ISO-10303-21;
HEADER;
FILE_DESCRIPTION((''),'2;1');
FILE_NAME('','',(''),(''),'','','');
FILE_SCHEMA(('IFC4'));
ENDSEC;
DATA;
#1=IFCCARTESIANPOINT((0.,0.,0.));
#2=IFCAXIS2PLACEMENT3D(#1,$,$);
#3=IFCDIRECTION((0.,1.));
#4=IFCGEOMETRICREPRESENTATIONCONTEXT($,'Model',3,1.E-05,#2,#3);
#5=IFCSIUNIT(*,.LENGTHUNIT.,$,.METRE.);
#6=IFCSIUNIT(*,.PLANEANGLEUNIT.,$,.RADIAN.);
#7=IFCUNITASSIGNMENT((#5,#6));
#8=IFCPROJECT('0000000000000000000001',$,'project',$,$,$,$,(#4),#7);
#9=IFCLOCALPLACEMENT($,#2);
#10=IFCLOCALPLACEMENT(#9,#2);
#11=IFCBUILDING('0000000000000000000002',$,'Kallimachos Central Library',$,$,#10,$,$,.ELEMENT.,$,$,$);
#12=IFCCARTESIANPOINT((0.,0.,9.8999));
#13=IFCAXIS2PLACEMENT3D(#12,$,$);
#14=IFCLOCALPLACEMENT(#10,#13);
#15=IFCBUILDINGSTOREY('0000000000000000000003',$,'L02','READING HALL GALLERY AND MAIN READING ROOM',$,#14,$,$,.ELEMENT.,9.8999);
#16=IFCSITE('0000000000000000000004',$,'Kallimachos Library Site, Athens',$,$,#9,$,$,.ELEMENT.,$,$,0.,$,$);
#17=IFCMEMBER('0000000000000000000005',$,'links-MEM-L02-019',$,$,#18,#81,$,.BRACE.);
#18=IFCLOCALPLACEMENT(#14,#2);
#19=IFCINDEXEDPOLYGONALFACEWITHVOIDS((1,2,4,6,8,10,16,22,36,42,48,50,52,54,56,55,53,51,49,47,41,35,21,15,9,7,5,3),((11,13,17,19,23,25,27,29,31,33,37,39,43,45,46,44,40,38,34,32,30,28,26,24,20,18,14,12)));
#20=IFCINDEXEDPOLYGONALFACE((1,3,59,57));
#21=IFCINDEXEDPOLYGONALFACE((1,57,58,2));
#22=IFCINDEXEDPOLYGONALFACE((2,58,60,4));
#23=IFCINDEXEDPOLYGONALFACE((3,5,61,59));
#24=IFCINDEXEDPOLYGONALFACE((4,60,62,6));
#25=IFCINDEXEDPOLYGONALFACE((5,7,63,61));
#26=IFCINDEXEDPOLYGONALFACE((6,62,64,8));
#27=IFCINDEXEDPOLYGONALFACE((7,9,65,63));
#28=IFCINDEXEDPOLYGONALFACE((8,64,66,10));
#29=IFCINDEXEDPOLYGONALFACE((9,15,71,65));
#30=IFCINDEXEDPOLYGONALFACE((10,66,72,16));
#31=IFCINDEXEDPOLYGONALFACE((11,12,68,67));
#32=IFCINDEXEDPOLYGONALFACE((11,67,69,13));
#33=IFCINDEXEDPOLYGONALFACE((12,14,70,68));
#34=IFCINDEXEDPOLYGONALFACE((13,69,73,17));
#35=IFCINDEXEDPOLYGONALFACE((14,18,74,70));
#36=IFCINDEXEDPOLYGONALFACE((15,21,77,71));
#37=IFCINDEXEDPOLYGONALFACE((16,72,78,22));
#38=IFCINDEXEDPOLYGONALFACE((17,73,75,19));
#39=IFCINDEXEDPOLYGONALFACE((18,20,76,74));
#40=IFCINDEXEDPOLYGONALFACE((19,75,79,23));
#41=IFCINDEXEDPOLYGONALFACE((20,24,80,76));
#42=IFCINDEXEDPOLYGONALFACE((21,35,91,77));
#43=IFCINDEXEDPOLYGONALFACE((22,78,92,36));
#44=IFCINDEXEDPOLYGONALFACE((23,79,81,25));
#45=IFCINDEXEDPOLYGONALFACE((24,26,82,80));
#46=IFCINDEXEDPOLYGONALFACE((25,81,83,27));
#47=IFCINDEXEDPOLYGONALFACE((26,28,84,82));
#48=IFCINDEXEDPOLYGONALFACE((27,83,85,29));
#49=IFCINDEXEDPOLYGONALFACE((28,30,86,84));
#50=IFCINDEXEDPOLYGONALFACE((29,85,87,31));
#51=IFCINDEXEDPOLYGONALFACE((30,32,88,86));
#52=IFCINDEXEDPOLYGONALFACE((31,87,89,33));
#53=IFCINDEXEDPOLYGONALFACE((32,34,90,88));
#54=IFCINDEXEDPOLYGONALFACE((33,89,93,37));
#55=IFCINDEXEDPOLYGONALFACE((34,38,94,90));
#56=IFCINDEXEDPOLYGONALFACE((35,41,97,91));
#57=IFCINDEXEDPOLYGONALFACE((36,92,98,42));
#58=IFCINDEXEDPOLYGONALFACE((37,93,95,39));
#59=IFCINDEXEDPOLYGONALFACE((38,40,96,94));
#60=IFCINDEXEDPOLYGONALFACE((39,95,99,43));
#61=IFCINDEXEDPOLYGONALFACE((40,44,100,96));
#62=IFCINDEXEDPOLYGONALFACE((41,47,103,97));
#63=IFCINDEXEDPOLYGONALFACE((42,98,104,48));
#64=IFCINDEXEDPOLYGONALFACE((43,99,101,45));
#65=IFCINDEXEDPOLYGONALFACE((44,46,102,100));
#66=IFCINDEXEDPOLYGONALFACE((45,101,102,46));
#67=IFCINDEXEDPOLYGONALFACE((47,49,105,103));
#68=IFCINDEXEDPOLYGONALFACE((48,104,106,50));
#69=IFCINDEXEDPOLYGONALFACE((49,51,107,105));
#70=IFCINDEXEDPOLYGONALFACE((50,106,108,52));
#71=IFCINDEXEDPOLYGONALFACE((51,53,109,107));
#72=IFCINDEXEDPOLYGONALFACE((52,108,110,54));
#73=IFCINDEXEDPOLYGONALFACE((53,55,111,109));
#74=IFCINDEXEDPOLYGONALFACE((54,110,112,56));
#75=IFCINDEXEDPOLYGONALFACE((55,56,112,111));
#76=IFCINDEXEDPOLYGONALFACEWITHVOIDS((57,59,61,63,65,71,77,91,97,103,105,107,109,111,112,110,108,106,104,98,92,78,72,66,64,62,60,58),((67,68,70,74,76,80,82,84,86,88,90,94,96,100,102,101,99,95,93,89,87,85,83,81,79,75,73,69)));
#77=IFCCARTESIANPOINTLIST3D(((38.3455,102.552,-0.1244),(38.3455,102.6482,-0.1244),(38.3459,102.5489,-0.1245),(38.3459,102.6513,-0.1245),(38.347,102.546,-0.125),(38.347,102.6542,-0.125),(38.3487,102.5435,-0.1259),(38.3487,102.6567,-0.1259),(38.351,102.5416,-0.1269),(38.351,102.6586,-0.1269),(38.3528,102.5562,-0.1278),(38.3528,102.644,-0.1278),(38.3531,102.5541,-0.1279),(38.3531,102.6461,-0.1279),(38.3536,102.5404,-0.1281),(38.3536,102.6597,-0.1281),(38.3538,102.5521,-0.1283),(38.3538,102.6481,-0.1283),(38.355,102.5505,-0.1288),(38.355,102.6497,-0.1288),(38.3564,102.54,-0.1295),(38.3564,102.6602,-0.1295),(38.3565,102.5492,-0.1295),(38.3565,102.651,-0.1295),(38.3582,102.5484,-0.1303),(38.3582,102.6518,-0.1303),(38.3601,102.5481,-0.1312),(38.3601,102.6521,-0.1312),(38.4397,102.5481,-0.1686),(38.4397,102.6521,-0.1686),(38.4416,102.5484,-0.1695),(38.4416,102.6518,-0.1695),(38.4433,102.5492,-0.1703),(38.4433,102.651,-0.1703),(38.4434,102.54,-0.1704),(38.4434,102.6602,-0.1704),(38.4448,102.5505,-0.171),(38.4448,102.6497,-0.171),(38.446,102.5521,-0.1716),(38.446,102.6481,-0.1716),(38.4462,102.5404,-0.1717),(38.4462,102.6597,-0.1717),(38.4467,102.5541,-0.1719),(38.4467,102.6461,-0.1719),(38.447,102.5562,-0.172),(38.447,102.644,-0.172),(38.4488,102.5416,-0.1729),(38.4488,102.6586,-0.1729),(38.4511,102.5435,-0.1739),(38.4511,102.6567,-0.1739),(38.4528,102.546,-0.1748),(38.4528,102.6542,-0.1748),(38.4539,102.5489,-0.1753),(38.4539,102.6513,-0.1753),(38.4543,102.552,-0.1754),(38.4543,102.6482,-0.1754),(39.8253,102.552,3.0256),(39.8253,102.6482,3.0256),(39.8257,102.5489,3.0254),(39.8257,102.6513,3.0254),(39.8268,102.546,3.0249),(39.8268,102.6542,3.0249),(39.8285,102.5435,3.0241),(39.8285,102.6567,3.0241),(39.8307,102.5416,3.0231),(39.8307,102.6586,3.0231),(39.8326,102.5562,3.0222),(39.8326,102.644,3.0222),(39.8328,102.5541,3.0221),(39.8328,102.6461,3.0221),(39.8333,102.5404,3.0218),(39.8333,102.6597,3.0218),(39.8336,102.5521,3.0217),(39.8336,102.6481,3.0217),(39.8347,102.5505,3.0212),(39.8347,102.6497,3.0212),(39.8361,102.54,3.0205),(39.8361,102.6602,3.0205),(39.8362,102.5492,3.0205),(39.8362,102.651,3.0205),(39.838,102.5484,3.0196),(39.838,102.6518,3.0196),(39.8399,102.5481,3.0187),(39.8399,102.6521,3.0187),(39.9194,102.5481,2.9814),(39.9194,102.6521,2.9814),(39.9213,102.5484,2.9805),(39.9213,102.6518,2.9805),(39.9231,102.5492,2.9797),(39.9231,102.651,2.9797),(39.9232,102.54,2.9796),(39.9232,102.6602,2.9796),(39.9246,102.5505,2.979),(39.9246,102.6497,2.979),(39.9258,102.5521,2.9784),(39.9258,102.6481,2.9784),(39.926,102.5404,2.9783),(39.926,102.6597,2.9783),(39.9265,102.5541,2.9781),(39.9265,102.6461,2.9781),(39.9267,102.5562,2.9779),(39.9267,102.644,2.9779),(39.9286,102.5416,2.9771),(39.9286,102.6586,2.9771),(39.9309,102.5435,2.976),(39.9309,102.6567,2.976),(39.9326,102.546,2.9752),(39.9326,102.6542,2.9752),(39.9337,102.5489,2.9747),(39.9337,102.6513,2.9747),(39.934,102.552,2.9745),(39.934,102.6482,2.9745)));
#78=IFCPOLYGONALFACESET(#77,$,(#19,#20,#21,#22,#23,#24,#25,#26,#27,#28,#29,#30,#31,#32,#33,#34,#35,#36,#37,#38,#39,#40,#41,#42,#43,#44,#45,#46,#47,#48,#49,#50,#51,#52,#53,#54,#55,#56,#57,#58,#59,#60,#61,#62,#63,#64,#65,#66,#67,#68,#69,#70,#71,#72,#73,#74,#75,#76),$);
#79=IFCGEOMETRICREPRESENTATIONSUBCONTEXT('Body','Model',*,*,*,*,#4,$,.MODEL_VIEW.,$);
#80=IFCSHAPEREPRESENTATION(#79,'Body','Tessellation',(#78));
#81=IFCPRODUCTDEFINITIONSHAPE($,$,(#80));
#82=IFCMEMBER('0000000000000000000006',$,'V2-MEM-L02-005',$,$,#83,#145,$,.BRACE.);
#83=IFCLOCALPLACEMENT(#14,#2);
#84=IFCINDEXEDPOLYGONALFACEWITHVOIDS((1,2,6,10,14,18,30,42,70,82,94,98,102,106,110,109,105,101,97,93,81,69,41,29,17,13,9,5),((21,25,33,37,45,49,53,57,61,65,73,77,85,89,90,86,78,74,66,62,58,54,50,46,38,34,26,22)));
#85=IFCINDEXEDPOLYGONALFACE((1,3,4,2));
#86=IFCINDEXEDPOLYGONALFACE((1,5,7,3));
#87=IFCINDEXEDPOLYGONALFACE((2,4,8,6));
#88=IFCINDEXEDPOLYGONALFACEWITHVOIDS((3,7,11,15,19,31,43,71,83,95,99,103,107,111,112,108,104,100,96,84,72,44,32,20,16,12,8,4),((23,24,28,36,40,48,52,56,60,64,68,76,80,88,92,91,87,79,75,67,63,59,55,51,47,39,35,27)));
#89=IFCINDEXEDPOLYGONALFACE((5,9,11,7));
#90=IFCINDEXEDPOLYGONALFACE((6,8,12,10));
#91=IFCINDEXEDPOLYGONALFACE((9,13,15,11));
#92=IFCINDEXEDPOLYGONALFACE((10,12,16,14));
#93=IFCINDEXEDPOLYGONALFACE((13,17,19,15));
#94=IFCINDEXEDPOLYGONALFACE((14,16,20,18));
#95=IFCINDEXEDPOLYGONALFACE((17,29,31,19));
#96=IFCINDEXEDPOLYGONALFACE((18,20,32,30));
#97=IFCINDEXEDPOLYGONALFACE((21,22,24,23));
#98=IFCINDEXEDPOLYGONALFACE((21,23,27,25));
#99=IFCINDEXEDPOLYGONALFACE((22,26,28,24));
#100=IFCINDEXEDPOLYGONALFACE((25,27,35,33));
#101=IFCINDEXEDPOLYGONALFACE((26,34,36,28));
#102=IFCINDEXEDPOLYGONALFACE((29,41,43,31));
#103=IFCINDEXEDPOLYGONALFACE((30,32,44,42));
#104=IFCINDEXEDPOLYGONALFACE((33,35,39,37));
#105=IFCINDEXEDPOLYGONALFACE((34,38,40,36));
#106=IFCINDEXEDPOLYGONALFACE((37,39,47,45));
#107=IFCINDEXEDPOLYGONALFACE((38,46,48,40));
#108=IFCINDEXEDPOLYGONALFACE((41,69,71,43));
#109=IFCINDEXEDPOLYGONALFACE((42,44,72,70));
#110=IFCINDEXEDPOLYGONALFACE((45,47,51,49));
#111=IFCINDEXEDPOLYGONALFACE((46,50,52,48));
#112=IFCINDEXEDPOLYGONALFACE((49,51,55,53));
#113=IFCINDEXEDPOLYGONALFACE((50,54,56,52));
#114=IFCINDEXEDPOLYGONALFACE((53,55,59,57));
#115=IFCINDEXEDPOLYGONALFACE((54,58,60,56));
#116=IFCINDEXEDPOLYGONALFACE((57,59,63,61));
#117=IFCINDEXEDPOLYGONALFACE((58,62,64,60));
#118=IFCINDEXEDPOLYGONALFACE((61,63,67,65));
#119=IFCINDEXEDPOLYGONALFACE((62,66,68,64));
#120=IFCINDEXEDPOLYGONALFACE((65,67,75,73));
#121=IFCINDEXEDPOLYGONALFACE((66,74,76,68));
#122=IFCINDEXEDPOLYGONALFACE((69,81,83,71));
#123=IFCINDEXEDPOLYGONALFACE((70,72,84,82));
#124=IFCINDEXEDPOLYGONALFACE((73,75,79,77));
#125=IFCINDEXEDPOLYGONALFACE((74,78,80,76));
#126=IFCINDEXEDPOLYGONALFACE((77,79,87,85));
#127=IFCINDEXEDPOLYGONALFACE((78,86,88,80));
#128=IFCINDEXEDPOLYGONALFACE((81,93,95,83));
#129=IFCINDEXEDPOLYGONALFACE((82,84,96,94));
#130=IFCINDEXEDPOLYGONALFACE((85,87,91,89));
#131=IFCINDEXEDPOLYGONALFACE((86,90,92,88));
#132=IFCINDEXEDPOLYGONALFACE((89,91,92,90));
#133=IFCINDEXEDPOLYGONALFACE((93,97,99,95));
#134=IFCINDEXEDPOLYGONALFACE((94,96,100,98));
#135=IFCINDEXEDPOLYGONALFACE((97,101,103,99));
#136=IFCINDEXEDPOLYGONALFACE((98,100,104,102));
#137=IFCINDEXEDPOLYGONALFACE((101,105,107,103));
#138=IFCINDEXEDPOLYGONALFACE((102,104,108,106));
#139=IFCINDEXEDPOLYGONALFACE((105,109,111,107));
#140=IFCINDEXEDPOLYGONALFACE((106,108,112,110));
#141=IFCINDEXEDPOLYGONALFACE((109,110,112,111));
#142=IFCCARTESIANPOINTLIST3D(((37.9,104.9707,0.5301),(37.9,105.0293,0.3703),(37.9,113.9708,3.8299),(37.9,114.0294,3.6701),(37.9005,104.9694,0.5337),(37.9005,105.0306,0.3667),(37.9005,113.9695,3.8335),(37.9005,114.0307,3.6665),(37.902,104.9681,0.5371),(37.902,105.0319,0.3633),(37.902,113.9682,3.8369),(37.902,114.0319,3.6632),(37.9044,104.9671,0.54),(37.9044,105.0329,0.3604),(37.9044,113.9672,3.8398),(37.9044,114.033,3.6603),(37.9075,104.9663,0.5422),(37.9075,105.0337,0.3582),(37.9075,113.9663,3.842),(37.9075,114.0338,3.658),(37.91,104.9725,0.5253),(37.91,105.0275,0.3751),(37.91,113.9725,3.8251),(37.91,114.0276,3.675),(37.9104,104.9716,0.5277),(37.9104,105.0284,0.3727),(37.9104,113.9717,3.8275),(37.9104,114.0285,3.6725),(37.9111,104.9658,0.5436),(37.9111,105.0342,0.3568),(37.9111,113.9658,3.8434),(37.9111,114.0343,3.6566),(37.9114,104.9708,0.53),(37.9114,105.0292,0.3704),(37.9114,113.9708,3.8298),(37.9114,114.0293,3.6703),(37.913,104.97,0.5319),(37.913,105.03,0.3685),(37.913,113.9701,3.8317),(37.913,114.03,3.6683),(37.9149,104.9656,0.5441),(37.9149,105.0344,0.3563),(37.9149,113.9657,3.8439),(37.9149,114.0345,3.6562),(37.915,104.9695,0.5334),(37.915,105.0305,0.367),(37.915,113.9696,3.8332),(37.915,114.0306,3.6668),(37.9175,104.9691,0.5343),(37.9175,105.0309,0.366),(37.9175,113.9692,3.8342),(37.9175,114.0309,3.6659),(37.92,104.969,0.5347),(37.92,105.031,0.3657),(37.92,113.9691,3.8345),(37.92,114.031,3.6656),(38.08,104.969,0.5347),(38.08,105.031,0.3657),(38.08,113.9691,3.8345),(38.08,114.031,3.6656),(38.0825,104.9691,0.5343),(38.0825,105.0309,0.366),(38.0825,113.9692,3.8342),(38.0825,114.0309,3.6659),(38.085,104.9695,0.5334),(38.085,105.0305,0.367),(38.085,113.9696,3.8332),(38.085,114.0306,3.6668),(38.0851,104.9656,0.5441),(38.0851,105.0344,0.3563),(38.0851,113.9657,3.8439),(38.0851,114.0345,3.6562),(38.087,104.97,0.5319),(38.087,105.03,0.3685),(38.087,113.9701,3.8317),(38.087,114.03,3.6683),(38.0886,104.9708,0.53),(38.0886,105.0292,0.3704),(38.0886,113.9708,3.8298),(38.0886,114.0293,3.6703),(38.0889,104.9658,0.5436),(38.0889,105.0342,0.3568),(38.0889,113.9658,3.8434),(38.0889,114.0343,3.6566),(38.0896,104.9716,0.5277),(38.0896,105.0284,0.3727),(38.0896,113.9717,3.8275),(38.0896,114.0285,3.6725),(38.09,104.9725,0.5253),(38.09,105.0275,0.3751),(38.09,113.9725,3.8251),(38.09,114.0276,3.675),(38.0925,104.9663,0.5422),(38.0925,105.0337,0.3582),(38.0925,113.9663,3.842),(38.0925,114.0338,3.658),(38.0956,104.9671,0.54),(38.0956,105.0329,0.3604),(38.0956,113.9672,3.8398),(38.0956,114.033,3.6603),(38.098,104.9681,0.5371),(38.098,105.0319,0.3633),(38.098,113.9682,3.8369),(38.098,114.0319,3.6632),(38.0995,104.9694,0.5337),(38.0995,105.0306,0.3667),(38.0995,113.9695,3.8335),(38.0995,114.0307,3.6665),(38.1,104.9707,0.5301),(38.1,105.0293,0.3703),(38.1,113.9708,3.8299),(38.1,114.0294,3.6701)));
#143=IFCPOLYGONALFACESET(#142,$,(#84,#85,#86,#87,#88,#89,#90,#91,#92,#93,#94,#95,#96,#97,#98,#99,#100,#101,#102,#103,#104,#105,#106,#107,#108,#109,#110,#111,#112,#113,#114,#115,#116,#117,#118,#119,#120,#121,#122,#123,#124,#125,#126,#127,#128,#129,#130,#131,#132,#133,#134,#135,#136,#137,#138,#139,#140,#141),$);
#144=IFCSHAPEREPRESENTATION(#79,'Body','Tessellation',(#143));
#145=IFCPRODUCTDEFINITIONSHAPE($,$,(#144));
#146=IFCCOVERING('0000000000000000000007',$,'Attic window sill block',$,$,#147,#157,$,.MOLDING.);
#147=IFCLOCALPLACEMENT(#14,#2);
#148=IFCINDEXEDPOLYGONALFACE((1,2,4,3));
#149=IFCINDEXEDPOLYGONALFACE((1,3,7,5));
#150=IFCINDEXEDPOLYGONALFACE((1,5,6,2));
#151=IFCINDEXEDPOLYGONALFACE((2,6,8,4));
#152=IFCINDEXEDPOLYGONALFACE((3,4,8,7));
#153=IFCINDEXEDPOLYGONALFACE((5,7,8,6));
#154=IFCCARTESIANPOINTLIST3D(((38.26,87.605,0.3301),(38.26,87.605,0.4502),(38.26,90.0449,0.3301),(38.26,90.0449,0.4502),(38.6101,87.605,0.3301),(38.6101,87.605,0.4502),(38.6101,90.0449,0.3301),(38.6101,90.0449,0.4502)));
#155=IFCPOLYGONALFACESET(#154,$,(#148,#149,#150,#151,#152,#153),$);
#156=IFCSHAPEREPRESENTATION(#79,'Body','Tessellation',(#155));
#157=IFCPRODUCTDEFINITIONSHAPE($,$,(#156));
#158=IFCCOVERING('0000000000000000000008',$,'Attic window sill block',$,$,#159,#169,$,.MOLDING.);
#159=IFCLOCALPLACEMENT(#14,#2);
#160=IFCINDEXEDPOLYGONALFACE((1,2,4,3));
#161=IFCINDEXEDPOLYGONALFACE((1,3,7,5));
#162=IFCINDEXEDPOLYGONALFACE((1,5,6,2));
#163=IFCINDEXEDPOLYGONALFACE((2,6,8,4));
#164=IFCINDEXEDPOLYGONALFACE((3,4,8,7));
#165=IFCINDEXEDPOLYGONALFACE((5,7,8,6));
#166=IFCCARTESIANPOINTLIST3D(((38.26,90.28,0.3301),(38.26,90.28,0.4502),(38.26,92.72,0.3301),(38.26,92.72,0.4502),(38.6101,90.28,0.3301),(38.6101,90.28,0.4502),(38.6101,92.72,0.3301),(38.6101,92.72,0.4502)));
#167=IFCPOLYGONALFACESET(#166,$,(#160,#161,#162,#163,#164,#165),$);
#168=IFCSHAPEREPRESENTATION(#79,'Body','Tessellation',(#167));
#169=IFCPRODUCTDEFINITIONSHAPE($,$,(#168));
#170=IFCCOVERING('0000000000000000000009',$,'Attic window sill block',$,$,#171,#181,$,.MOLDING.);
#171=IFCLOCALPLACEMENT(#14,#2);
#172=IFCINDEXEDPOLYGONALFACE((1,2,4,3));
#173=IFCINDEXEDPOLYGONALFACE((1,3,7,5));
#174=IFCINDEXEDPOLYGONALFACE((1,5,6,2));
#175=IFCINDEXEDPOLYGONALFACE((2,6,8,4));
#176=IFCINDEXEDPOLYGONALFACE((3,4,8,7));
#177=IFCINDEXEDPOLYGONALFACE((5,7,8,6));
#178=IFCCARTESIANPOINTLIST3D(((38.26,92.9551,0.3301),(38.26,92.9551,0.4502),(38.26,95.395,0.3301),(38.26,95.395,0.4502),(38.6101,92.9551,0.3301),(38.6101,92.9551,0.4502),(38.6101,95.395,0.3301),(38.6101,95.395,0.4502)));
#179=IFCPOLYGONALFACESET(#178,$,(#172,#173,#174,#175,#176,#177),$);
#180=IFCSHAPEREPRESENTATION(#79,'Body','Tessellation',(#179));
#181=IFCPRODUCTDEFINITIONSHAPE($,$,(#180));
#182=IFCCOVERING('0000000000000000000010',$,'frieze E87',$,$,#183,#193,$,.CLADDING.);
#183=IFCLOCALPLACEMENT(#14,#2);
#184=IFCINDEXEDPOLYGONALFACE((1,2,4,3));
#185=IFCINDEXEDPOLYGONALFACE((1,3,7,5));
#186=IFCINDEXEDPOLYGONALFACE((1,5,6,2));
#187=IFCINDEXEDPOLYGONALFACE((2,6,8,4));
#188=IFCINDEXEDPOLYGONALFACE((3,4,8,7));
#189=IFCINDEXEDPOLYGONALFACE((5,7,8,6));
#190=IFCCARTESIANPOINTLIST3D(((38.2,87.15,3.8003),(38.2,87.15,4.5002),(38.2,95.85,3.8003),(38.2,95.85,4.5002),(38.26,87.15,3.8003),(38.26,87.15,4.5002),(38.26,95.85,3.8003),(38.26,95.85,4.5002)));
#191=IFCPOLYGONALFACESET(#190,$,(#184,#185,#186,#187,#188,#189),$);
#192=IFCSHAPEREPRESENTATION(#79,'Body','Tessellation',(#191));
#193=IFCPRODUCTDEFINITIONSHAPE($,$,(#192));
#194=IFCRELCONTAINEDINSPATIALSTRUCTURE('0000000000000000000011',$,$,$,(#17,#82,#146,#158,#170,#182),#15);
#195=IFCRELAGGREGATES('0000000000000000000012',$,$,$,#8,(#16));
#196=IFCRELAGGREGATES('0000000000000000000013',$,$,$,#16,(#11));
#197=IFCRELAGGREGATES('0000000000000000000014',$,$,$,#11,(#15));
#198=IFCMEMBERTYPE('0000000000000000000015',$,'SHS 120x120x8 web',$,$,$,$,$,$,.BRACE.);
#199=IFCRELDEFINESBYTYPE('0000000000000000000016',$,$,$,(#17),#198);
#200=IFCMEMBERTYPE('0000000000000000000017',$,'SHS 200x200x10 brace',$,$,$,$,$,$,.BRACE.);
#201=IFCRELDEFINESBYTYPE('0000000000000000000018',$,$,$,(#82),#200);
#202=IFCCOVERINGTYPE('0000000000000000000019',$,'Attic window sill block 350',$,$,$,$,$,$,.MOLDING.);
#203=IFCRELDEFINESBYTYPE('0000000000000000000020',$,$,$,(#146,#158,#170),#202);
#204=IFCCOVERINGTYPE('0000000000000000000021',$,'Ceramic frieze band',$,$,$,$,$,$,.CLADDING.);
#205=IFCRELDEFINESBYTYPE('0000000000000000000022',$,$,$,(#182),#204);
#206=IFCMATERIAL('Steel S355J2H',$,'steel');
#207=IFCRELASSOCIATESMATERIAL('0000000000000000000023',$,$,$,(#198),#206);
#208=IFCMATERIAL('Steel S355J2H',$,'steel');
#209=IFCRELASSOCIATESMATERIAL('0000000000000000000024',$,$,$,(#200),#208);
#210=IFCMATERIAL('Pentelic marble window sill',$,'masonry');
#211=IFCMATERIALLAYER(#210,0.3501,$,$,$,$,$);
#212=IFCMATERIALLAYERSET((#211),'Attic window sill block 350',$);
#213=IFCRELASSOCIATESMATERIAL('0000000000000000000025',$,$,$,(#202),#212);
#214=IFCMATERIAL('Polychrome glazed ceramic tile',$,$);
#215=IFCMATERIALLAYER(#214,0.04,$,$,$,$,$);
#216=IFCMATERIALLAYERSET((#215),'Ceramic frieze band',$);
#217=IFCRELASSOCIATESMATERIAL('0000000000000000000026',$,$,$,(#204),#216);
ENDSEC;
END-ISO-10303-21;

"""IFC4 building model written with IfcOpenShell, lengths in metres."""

from ifc_helpers import new_model, si_unit, direction, frame, origin, origin_2d, place, context, subcontext, project, spatial, rectangle, hollow_rectangle, extrude, material, layer, layer_set, material_profile, profile_set, type_object, element, save


model = new_model("IFC4")

# Units and contexts
model_context = context("Model", 3, precision=1e-05, world=origin(), true_north=direction((0.0, 1.0)))
body_context = subcontext(model_context, "Body", "Model", "MODEL_VIEW")
ifc_project = project(units=[si_unit("LENGTHUNIT", "METRE"), si_unit("PLANEANGLEUNIT", "RADIAN")], contexts=[model_context])

# Site, building, storey
site_placement = place(None, origin())
site = spatial("IfcSite", under=ifc_project, at=site_placement, Name="Kallimachos Library Site, Athens", CompositionType="ELEMENT", RefElevation=0.0)
building_placement = place(site_placement, origin())
building = spatial("IfcBuilding", under=site, at=building_placement, Name="Kallimachos Central Library", CompositionType="ELEMENT")
storey_placement = place(building_placement, frame((0.0, 0.0, 9.8999)))
storey = spatial("IfcBuildingStorey", under=building, at=storey_placement, Name="L02", Description="READING HALL GALLERY AND MAIN READING ROOM", CompositionType="ELEMENT", Elevation=9.8999)

# Members
ifc_material_1 = material(Name="Steel S355J2H", Category="steel")
ifc_material_profile_1 = material_profile(ifc_material_1, hollow_rectangle(XDim=0.1201, YDim=0.1201, WallThickness=0.0081, InnerFilletRadius=0.0081, OuterFilletRadius=0.012, at=origin_2d()), Name="SHS 120x120x8")
ifc_profile_set_1 = profile_set([ifc_material_profile_1], Name="Steel S355J2H")
member_type_1 = type_object("IfcMemberType", Name="SHS 120x120x8 web", PredefinedType="BRACE", material=ifc_profile_set_1)
for number, where, z_axis, x_axis, name in (
    (1, (38.3999, 102.6001, -0.1499), (0.425192, 0.0, 0.905103), (0.0, 1.0, 0.0), "links-MEM-L02-019"),
):
    element("IfcMember", number, at=place(storey_placement, frame(where, z_axis=z_axis, x_axis=x_axis)), inside=storey, type_object=member_type_1, Name=name, PredefinedType="BRACE", context=body_context, shape_type="SweptSolid", body=[
        extrude(hollow_rectangle(XDim=0.1201, YDim=0.1201, WallThickness=0.0081, InnerFilletRadius=0.0081, OuterFilletRadius=0.012, at=origin_2d()), origin(), (0.0, 0.0, 1.0), 3.4802),
    ])
ifc_material_2 = material(Name="Steel S355J2H", Category="steel")
ifc_material_profile_2 = material_profile(ifc_material_2, hollow_rectangle(XDim=0.2, YDim=0.2, WallThickness=0.01, InnerFilletRadius=0.01, OuterFilletRadius=0.0149, at=origin_2d()), Name="SHS 200x200x10")
ifc_profile_set_2 = profile_set([ifc_material_profile_2], Name="Steel S355J2H")
member_type_2 = type_object("IfcMemberType", Name="SHS 200x200x10 brace", PredefinedType="BRACE", material=ifc_profile_set_2)
member_1_placement = place(storey_placement, frame((38.0, 105.0, 0.4502), z_axis=(0.0, 0.938883, 0.344237), x_axis=(-1.0, 0.0, 0.0)))
element("IfcMember", 2, at=member_1_placement, inside=storey, type_object=member_type_2, Name="V2-MEM-L02-005", PredefinedType="BRACE", context=body_context, shape_type="SweptSolid", body=[
    extrude(hollow_rectangle(XDim=0.2, YDim=0.2, WallThickness=0.01, InnerFilletRadius=0.01, OuterFilletRadius=0.0149, at=origin_2d()), origin(), (0.0, 0.0, 1.0), 9.5859),
])

# Coverings
ifc_material_3 = material(Name="Pentelic marble window sill", Category="masonry")
ifc_layer_1 = layer(ifc_material_3, 0.3501)
ifc_layer_set_1 = layer_set([ifc_layer_1], Name="Attic window sill block 350")
covering_type_1 = type_object("IfcCoveringType", Name="Attic window sill block 350", PredefinedType="MOLDING", material=ifc_layer_set_1)
for number, where, z_axis, x_axis, name in (
    (3, (38.4351, 88.825, 0.3301), (0.0, 0.0, 1.0), (1.0, 0.0, 0.0), "Attic window sill block"),
    (4, (38.4351, 91.5, 0.3301), (0.0, 0.0, 1.0), (1.0, 0.0, 0.0), "Attic window sill block"),
    (5, (38.4351, 94.175, 0.3301), (0.0, 0.0, 1.0), (1.0, 0.0, 0.0), "Attic window sill block"),
):
    element("IfcCovering", number, at=place(storey_placement, frame(where, z_axis=z_axis, x_axis=x_axis)), inside=storey, type_object=covering_type_1, Name=name, PredefinedType="MOLDING", context=body_context, shape_type="SweptSolid", body=[
        extrude(rectangle(XDim=0.3501, YDim=2.4399, at=origin_2d()), origin(), (0.0, 0.0, 1.0), 0.1201),
    ])
ifc_material_4 = material(Name="Polychrome glazed ceramic tile")
ifc_layer_2 = layer(ifc_material_4, 0.04)
ifc_layer_set_2 = layer_set([ifc_layer_2], Name="Ceramic frieze band")
covering_type_2 = type_object("IfcCoveringType", Name="Ceramic frieze band", PredefinedType="CLADDING", material=ifc_layer_set_2)
for number, where, z_axis, x_axis, name in (
    (6, (38.23, 91.5, 3.8003), (0.0, 0.0, 1.0), (1.0, 0.0, 0.0), "frieze E87"),
):
    element("IfcCovering", number, at=place(storey_placement, frame(where, z_axis=z_axis, x_axis=x_axis)), inside=storey, type_object=covering_type_2, Name=name, PredefinedType="CLADDING", context=body_context, shape_type="SweptSolid", body=[
        extrude(rectangle(XDim=0.0601, YDim=8.7, at=origin_2d()), origin(), (0.0, 0.0, 1.0), 0.7),
    ])

save(model, "model.ifc")
